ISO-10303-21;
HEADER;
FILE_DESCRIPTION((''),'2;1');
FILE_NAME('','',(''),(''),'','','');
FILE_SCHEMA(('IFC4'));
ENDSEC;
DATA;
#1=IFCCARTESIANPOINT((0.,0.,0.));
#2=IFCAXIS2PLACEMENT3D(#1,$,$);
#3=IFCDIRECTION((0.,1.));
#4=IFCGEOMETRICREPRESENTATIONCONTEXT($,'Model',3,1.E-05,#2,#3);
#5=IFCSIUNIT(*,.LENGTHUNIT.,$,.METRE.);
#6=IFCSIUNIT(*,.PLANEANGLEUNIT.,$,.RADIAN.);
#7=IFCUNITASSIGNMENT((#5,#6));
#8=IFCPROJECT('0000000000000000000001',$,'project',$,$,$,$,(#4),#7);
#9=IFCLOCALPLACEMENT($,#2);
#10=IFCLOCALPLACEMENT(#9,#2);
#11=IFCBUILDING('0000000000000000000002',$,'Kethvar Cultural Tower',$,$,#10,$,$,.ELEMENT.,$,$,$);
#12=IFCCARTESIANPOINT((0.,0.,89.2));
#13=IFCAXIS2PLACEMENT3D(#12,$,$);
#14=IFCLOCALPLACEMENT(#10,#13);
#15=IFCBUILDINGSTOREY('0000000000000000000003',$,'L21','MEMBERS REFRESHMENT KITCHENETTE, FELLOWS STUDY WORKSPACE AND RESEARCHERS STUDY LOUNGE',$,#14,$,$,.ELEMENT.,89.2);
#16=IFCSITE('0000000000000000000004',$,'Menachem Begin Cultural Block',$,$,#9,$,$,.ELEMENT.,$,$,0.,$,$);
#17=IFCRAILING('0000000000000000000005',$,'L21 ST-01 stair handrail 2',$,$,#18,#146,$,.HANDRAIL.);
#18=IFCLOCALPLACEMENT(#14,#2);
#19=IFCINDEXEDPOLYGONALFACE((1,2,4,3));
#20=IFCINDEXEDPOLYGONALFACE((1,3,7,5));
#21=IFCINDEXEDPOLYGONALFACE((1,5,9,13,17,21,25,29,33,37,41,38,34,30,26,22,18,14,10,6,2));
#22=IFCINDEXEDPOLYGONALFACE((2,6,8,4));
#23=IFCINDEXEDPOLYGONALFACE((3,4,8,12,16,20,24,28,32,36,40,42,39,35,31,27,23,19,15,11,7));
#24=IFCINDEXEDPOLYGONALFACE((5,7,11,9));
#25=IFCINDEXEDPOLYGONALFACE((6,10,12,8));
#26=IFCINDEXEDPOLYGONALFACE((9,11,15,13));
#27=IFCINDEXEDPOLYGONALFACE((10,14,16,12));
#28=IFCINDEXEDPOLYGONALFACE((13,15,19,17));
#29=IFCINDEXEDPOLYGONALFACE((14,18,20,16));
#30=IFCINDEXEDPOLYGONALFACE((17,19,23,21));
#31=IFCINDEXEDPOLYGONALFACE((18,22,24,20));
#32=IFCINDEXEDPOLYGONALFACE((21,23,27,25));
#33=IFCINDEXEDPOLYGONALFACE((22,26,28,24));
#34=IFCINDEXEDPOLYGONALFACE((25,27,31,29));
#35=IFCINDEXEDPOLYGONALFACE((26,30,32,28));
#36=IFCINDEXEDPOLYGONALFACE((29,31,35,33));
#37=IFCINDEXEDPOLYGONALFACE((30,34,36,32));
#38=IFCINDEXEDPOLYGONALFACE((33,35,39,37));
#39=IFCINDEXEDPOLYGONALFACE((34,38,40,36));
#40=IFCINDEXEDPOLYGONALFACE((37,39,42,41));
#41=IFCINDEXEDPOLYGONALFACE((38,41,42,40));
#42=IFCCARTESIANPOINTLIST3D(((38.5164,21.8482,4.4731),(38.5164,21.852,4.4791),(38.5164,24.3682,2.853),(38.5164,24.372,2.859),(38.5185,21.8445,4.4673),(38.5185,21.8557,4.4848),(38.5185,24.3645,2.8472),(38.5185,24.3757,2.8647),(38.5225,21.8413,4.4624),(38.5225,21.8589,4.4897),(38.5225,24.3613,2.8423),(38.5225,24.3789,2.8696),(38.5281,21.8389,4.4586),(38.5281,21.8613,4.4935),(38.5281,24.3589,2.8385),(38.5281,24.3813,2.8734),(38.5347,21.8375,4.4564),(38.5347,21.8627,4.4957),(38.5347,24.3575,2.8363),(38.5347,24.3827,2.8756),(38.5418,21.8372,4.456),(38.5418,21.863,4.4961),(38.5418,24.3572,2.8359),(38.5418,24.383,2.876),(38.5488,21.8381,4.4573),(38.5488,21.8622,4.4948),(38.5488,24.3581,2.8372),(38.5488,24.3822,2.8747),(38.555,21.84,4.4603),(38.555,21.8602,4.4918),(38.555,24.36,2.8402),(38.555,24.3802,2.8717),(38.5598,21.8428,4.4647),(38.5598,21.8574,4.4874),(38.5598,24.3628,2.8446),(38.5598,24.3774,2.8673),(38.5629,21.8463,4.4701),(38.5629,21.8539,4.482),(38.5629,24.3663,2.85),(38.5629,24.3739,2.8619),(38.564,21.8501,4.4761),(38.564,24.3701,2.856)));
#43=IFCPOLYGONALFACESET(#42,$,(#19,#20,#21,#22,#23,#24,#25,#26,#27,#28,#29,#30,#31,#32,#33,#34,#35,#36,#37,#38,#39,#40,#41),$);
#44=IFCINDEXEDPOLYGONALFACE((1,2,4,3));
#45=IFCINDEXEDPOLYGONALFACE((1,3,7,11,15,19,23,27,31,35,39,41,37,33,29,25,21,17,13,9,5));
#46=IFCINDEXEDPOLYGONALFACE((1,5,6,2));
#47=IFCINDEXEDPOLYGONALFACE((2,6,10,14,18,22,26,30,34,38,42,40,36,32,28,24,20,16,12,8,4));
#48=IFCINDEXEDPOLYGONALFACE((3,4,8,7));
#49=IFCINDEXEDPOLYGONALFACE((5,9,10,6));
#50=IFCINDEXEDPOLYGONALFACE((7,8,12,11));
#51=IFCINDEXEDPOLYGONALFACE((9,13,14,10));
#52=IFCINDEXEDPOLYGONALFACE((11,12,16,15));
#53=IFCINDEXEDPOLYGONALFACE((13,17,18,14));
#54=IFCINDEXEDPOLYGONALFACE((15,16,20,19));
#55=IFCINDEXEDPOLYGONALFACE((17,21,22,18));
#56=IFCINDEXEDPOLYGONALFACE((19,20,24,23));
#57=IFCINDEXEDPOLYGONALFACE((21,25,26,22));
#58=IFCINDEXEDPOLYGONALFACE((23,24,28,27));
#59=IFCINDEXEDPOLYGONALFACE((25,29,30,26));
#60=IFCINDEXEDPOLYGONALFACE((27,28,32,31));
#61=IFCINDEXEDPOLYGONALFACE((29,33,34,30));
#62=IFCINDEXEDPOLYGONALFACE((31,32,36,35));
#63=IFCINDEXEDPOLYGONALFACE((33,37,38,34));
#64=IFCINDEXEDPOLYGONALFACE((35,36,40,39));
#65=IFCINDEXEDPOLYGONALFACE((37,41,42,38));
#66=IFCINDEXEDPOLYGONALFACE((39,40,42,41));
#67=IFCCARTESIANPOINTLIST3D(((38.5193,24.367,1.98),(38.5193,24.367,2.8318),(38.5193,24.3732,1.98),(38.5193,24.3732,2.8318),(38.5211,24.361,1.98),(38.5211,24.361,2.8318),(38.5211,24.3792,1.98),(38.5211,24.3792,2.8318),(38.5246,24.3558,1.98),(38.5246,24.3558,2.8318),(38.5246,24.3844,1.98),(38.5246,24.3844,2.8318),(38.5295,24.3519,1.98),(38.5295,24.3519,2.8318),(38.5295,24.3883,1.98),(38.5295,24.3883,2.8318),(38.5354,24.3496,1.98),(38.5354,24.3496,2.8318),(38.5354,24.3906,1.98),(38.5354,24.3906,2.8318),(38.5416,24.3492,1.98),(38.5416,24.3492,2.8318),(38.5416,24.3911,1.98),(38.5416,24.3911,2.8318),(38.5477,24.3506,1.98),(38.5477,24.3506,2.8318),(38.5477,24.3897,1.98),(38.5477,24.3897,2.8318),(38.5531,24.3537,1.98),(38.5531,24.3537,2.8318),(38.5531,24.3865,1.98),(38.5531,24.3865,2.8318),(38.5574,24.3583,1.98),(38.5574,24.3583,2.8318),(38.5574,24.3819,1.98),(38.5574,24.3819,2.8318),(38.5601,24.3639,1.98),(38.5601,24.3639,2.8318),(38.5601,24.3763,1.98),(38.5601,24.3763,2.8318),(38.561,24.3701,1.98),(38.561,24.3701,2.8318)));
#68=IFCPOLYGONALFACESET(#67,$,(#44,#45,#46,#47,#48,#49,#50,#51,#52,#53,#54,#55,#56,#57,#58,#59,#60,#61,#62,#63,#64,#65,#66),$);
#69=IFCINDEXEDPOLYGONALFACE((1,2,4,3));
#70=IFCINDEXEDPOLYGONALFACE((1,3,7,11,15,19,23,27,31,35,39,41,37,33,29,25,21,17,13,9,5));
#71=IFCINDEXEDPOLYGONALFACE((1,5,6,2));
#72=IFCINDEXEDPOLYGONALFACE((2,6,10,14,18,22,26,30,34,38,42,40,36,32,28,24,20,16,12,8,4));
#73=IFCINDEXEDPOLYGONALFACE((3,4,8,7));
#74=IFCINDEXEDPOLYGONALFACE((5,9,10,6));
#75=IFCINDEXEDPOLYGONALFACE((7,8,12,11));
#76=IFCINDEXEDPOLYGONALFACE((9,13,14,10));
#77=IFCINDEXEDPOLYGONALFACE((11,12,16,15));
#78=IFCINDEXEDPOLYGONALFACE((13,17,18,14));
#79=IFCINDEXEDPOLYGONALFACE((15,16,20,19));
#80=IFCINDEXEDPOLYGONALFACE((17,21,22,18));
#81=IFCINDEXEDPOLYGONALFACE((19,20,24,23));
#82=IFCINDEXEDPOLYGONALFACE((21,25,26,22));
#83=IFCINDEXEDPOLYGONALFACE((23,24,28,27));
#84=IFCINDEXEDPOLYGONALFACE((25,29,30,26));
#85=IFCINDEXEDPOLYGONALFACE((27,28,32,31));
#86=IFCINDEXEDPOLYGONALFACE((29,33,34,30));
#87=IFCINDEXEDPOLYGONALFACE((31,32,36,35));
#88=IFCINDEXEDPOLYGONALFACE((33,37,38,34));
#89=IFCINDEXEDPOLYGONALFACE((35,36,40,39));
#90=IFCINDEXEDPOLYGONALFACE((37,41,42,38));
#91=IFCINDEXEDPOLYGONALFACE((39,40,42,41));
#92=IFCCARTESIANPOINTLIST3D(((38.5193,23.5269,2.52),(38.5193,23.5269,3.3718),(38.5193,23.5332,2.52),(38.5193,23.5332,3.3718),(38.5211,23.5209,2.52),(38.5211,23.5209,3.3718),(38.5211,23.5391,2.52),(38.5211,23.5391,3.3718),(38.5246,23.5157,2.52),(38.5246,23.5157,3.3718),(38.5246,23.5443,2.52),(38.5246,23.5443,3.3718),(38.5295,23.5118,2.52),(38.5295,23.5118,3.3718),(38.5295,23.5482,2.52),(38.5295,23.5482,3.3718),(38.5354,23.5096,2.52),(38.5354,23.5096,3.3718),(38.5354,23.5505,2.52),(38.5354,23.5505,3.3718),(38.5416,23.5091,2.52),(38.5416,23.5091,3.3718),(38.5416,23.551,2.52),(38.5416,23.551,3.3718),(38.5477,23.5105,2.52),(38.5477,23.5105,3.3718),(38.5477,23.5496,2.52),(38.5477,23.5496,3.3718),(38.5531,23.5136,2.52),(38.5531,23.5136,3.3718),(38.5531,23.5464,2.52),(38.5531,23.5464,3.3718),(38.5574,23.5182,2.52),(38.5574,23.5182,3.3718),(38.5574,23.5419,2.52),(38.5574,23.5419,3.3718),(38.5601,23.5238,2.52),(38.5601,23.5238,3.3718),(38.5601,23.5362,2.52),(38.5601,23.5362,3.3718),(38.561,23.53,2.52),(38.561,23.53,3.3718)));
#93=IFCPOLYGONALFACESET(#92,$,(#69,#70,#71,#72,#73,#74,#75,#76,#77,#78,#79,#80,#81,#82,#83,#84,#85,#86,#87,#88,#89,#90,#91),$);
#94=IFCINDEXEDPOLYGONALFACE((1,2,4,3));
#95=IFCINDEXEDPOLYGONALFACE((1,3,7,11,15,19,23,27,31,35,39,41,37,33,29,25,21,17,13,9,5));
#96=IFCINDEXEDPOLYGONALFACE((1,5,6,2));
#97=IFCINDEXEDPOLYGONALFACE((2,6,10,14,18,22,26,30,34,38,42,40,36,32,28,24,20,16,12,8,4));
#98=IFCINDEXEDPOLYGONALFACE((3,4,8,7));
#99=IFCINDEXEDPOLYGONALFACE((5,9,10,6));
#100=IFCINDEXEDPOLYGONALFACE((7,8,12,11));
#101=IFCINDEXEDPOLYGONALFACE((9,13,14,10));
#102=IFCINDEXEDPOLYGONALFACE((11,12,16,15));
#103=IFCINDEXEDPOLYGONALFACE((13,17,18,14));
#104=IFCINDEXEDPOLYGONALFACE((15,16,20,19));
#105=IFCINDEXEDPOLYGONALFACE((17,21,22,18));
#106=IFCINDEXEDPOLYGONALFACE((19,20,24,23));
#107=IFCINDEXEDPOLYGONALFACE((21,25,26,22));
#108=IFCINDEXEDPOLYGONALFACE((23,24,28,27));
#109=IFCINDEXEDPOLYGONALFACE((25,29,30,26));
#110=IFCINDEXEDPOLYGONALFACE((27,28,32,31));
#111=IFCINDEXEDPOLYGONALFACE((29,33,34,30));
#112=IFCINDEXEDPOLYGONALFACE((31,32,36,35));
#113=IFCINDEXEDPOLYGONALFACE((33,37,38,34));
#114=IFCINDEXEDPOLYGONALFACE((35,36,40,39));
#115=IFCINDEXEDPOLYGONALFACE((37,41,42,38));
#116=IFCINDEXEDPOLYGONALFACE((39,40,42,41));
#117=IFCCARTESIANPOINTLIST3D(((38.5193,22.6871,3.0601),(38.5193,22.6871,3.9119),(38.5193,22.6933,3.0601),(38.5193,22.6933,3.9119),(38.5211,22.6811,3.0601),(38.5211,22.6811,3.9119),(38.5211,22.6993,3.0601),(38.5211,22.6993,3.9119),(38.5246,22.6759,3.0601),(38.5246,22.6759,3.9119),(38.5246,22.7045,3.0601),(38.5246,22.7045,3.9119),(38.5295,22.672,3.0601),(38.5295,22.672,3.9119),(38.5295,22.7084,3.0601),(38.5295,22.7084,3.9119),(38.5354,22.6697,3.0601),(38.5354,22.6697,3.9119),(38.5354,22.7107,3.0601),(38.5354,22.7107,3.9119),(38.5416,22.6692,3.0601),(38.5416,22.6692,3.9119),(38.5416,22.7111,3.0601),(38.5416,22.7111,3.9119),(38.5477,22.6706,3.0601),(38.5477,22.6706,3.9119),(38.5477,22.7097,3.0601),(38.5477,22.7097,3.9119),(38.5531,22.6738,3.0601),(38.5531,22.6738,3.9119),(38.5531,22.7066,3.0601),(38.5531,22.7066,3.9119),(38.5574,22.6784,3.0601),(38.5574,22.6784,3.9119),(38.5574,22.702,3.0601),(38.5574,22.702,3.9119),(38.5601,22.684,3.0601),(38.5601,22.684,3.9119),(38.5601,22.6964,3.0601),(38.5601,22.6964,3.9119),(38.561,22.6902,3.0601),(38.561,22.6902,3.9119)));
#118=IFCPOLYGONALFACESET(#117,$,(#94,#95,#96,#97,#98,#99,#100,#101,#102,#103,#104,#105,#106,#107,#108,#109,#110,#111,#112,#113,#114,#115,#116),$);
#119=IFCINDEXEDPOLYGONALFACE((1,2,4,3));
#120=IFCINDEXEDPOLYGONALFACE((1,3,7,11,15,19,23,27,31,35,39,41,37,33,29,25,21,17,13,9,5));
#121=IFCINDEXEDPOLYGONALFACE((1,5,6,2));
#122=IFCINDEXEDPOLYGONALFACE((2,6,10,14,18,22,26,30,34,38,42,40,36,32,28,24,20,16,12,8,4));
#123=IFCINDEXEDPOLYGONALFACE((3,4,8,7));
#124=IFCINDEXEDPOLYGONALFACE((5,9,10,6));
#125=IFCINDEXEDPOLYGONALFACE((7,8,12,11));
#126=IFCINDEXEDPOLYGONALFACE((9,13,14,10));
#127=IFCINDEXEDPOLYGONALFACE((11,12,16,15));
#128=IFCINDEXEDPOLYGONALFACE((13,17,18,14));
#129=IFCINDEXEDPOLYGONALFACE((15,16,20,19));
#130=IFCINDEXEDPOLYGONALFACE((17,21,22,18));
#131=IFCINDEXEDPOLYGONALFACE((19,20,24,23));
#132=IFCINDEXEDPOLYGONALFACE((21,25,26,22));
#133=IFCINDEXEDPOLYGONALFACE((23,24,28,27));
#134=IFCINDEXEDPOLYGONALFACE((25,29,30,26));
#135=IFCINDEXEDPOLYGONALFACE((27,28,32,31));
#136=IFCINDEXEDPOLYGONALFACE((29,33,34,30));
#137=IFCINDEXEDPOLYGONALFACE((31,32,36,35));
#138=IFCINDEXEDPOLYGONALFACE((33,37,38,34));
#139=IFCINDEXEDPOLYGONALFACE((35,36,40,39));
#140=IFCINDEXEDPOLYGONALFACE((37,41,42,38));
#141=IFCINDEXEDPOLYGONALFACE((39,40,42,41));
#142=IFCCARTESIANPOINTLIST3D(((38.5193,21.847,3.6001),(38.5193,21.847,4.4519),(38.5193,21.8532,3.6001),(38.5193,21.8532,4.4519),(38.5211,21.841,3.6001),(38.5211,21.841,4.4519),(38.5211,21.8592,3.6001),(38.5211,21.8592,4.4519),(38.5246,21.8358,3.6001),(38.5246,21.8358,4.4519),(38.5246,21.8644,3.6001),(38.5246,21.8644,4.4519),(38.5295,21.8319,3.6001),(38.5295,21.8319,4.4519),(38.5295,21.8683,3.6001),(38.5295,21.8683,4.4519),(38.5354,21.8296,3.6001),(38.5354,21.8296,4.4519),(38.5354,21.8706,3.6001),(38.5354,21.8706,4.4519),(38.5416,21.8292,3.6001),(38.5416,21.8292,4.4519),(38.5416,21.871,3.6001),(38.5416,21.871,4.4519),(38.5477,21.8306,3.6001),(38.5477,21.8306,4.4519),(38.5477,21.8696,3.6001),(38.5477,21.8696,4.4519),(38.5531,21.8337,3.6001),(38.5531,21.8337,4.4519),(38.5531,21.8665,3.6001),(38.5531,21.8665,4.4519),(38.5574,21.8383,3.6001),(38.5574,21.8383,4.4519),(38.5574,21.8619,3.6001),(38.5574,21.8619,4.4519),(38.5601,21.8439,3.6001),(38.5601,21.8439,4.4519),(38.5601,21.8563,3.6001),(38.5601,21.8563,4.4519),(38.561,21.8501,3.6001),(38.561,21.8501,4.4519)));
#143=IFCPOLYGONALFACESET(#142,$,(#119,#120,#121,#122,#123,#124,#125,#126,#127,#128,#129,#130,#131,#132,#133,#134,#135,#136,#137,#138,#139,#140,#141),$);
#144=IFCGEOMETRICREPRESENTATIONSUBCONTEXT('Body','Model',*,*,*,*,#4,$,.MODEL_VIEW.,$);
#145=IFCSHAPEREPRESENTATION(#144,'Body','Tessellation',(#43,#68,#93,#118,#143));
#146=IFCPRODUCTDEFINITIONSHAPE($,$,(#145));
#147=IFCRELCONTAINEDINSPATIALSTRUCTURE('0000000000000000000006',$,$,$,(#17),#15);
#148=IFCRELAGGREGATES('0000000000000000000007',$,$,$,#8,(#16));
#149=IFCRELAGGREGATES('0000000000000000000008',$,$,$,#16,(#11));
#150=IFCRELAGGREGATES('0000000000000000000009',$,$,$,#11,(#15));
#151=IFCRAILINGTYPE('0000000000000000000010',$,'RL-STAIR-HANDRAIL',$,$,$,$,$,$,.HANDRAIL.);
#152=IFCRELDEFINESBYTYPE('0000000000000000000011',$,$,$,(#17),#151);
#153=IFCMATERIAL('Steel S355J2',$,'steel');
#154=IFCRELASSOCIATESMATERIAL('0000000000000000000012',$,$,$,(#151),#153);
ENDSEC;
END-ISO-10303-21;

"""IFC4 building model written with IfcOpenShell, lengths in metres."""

from ifc_helpers import new_model, si_unit, direction, frame, origin, origin_2d, place, context, subcontext, project, spatial, circle, extrude, material, type_object, element, save


model = new_model("IFC4")

# Units and contexts
model_context = context("Model", 3, precision=1e-05, world=origin(), true_north=direction((0.0, 1.0)))
body_context = subcontext(model_context, "Body", "Model", "MODEL_VIEW")
ifc_project = project(units=[si_unit("LENGTHUNIT", "METRE"), si_unit("PLANEANGLEUNIT", "RADIAN")], contexts=[model_context])

# Site, building, storey
site_placement = place(None, origin())
site = spatial("IfcSite", under=ifc_project, at=site_placement, Name="Menachem Begin Cultural Block", CompositionType="ELEMENT", RefElevation=0.0)
building_placement = place(site_placement, origin())
building = spatial("IfcBuilding", under=site, at=building_placement, Name="Kethvar Cultural Tower", CompositionType="ELEMENT")
storey_placement = place(building_placement, frame((0.0, 0.0, 89.2)))
storey = spatial("IfcBuildingStorey", under=building, at=storey_placement, Name="L21", Description="MEMBERS REFRESHMENT KITCHENETTE, FELLOWS STUDY WORKSPACE AND RESEARCHERS STUDY LOUNGE", CompositionType="ELEMENT", Elevation=89.2)

# Shared definitions
ifc_material_1 = material(Name="Steel S355J2", Category="steel")

# Railing
railing_type_1 = type_object("IfcRailingType", Name="RL-STAIR-HANDRAIL", PredefinedType="HANDRAIL", material=ifc_material_1)
railing_1_placement = place(storey_placement, frame((38.54, 24.3701, 1.98)))
element("IfcRailing", 1, at=railing_1_placement, inside=storey, type_object=railing_type_1, Name="L21 ST-01 stair handrail 2", PredefinedType="HANDRAIL", context=body_context, shape_type="SweptSolid", body=[
    extrude(circle(Radius=0.0239, at=origin_2d()), frame((0.0, 0.0, 0.876), z_axis=(0.0, -0.841163, 0.540782), x_axis=(1.0, 0.0, 0.0)), (0.0, 0.0, 1.0), 2.9958),
    extrude(circle(Radius=0.021, at=origin_2d()), origin(), (0.0, 0.0, 1.0), 0.8518),
    extrude(circle(Radius=0.021, at=origin_2d()), frame((0.0, -0.8401, 0.54)), (0.0, 0.0, 1.0), 0.8518),
    extrude(circle(Radius=0.021, at=origin_2d()), frame((0.0, -1.6799, 1.0801)), (0.0, 0.0, 1.0), 0.8518),
    extrude(circle(Radius=0.021, at=origin_2d()), frame((0.0, -2.52, 1.6201)), (0.0, 0.0, 1.0), 0.8518),
])

save(model, "model.ifc")
